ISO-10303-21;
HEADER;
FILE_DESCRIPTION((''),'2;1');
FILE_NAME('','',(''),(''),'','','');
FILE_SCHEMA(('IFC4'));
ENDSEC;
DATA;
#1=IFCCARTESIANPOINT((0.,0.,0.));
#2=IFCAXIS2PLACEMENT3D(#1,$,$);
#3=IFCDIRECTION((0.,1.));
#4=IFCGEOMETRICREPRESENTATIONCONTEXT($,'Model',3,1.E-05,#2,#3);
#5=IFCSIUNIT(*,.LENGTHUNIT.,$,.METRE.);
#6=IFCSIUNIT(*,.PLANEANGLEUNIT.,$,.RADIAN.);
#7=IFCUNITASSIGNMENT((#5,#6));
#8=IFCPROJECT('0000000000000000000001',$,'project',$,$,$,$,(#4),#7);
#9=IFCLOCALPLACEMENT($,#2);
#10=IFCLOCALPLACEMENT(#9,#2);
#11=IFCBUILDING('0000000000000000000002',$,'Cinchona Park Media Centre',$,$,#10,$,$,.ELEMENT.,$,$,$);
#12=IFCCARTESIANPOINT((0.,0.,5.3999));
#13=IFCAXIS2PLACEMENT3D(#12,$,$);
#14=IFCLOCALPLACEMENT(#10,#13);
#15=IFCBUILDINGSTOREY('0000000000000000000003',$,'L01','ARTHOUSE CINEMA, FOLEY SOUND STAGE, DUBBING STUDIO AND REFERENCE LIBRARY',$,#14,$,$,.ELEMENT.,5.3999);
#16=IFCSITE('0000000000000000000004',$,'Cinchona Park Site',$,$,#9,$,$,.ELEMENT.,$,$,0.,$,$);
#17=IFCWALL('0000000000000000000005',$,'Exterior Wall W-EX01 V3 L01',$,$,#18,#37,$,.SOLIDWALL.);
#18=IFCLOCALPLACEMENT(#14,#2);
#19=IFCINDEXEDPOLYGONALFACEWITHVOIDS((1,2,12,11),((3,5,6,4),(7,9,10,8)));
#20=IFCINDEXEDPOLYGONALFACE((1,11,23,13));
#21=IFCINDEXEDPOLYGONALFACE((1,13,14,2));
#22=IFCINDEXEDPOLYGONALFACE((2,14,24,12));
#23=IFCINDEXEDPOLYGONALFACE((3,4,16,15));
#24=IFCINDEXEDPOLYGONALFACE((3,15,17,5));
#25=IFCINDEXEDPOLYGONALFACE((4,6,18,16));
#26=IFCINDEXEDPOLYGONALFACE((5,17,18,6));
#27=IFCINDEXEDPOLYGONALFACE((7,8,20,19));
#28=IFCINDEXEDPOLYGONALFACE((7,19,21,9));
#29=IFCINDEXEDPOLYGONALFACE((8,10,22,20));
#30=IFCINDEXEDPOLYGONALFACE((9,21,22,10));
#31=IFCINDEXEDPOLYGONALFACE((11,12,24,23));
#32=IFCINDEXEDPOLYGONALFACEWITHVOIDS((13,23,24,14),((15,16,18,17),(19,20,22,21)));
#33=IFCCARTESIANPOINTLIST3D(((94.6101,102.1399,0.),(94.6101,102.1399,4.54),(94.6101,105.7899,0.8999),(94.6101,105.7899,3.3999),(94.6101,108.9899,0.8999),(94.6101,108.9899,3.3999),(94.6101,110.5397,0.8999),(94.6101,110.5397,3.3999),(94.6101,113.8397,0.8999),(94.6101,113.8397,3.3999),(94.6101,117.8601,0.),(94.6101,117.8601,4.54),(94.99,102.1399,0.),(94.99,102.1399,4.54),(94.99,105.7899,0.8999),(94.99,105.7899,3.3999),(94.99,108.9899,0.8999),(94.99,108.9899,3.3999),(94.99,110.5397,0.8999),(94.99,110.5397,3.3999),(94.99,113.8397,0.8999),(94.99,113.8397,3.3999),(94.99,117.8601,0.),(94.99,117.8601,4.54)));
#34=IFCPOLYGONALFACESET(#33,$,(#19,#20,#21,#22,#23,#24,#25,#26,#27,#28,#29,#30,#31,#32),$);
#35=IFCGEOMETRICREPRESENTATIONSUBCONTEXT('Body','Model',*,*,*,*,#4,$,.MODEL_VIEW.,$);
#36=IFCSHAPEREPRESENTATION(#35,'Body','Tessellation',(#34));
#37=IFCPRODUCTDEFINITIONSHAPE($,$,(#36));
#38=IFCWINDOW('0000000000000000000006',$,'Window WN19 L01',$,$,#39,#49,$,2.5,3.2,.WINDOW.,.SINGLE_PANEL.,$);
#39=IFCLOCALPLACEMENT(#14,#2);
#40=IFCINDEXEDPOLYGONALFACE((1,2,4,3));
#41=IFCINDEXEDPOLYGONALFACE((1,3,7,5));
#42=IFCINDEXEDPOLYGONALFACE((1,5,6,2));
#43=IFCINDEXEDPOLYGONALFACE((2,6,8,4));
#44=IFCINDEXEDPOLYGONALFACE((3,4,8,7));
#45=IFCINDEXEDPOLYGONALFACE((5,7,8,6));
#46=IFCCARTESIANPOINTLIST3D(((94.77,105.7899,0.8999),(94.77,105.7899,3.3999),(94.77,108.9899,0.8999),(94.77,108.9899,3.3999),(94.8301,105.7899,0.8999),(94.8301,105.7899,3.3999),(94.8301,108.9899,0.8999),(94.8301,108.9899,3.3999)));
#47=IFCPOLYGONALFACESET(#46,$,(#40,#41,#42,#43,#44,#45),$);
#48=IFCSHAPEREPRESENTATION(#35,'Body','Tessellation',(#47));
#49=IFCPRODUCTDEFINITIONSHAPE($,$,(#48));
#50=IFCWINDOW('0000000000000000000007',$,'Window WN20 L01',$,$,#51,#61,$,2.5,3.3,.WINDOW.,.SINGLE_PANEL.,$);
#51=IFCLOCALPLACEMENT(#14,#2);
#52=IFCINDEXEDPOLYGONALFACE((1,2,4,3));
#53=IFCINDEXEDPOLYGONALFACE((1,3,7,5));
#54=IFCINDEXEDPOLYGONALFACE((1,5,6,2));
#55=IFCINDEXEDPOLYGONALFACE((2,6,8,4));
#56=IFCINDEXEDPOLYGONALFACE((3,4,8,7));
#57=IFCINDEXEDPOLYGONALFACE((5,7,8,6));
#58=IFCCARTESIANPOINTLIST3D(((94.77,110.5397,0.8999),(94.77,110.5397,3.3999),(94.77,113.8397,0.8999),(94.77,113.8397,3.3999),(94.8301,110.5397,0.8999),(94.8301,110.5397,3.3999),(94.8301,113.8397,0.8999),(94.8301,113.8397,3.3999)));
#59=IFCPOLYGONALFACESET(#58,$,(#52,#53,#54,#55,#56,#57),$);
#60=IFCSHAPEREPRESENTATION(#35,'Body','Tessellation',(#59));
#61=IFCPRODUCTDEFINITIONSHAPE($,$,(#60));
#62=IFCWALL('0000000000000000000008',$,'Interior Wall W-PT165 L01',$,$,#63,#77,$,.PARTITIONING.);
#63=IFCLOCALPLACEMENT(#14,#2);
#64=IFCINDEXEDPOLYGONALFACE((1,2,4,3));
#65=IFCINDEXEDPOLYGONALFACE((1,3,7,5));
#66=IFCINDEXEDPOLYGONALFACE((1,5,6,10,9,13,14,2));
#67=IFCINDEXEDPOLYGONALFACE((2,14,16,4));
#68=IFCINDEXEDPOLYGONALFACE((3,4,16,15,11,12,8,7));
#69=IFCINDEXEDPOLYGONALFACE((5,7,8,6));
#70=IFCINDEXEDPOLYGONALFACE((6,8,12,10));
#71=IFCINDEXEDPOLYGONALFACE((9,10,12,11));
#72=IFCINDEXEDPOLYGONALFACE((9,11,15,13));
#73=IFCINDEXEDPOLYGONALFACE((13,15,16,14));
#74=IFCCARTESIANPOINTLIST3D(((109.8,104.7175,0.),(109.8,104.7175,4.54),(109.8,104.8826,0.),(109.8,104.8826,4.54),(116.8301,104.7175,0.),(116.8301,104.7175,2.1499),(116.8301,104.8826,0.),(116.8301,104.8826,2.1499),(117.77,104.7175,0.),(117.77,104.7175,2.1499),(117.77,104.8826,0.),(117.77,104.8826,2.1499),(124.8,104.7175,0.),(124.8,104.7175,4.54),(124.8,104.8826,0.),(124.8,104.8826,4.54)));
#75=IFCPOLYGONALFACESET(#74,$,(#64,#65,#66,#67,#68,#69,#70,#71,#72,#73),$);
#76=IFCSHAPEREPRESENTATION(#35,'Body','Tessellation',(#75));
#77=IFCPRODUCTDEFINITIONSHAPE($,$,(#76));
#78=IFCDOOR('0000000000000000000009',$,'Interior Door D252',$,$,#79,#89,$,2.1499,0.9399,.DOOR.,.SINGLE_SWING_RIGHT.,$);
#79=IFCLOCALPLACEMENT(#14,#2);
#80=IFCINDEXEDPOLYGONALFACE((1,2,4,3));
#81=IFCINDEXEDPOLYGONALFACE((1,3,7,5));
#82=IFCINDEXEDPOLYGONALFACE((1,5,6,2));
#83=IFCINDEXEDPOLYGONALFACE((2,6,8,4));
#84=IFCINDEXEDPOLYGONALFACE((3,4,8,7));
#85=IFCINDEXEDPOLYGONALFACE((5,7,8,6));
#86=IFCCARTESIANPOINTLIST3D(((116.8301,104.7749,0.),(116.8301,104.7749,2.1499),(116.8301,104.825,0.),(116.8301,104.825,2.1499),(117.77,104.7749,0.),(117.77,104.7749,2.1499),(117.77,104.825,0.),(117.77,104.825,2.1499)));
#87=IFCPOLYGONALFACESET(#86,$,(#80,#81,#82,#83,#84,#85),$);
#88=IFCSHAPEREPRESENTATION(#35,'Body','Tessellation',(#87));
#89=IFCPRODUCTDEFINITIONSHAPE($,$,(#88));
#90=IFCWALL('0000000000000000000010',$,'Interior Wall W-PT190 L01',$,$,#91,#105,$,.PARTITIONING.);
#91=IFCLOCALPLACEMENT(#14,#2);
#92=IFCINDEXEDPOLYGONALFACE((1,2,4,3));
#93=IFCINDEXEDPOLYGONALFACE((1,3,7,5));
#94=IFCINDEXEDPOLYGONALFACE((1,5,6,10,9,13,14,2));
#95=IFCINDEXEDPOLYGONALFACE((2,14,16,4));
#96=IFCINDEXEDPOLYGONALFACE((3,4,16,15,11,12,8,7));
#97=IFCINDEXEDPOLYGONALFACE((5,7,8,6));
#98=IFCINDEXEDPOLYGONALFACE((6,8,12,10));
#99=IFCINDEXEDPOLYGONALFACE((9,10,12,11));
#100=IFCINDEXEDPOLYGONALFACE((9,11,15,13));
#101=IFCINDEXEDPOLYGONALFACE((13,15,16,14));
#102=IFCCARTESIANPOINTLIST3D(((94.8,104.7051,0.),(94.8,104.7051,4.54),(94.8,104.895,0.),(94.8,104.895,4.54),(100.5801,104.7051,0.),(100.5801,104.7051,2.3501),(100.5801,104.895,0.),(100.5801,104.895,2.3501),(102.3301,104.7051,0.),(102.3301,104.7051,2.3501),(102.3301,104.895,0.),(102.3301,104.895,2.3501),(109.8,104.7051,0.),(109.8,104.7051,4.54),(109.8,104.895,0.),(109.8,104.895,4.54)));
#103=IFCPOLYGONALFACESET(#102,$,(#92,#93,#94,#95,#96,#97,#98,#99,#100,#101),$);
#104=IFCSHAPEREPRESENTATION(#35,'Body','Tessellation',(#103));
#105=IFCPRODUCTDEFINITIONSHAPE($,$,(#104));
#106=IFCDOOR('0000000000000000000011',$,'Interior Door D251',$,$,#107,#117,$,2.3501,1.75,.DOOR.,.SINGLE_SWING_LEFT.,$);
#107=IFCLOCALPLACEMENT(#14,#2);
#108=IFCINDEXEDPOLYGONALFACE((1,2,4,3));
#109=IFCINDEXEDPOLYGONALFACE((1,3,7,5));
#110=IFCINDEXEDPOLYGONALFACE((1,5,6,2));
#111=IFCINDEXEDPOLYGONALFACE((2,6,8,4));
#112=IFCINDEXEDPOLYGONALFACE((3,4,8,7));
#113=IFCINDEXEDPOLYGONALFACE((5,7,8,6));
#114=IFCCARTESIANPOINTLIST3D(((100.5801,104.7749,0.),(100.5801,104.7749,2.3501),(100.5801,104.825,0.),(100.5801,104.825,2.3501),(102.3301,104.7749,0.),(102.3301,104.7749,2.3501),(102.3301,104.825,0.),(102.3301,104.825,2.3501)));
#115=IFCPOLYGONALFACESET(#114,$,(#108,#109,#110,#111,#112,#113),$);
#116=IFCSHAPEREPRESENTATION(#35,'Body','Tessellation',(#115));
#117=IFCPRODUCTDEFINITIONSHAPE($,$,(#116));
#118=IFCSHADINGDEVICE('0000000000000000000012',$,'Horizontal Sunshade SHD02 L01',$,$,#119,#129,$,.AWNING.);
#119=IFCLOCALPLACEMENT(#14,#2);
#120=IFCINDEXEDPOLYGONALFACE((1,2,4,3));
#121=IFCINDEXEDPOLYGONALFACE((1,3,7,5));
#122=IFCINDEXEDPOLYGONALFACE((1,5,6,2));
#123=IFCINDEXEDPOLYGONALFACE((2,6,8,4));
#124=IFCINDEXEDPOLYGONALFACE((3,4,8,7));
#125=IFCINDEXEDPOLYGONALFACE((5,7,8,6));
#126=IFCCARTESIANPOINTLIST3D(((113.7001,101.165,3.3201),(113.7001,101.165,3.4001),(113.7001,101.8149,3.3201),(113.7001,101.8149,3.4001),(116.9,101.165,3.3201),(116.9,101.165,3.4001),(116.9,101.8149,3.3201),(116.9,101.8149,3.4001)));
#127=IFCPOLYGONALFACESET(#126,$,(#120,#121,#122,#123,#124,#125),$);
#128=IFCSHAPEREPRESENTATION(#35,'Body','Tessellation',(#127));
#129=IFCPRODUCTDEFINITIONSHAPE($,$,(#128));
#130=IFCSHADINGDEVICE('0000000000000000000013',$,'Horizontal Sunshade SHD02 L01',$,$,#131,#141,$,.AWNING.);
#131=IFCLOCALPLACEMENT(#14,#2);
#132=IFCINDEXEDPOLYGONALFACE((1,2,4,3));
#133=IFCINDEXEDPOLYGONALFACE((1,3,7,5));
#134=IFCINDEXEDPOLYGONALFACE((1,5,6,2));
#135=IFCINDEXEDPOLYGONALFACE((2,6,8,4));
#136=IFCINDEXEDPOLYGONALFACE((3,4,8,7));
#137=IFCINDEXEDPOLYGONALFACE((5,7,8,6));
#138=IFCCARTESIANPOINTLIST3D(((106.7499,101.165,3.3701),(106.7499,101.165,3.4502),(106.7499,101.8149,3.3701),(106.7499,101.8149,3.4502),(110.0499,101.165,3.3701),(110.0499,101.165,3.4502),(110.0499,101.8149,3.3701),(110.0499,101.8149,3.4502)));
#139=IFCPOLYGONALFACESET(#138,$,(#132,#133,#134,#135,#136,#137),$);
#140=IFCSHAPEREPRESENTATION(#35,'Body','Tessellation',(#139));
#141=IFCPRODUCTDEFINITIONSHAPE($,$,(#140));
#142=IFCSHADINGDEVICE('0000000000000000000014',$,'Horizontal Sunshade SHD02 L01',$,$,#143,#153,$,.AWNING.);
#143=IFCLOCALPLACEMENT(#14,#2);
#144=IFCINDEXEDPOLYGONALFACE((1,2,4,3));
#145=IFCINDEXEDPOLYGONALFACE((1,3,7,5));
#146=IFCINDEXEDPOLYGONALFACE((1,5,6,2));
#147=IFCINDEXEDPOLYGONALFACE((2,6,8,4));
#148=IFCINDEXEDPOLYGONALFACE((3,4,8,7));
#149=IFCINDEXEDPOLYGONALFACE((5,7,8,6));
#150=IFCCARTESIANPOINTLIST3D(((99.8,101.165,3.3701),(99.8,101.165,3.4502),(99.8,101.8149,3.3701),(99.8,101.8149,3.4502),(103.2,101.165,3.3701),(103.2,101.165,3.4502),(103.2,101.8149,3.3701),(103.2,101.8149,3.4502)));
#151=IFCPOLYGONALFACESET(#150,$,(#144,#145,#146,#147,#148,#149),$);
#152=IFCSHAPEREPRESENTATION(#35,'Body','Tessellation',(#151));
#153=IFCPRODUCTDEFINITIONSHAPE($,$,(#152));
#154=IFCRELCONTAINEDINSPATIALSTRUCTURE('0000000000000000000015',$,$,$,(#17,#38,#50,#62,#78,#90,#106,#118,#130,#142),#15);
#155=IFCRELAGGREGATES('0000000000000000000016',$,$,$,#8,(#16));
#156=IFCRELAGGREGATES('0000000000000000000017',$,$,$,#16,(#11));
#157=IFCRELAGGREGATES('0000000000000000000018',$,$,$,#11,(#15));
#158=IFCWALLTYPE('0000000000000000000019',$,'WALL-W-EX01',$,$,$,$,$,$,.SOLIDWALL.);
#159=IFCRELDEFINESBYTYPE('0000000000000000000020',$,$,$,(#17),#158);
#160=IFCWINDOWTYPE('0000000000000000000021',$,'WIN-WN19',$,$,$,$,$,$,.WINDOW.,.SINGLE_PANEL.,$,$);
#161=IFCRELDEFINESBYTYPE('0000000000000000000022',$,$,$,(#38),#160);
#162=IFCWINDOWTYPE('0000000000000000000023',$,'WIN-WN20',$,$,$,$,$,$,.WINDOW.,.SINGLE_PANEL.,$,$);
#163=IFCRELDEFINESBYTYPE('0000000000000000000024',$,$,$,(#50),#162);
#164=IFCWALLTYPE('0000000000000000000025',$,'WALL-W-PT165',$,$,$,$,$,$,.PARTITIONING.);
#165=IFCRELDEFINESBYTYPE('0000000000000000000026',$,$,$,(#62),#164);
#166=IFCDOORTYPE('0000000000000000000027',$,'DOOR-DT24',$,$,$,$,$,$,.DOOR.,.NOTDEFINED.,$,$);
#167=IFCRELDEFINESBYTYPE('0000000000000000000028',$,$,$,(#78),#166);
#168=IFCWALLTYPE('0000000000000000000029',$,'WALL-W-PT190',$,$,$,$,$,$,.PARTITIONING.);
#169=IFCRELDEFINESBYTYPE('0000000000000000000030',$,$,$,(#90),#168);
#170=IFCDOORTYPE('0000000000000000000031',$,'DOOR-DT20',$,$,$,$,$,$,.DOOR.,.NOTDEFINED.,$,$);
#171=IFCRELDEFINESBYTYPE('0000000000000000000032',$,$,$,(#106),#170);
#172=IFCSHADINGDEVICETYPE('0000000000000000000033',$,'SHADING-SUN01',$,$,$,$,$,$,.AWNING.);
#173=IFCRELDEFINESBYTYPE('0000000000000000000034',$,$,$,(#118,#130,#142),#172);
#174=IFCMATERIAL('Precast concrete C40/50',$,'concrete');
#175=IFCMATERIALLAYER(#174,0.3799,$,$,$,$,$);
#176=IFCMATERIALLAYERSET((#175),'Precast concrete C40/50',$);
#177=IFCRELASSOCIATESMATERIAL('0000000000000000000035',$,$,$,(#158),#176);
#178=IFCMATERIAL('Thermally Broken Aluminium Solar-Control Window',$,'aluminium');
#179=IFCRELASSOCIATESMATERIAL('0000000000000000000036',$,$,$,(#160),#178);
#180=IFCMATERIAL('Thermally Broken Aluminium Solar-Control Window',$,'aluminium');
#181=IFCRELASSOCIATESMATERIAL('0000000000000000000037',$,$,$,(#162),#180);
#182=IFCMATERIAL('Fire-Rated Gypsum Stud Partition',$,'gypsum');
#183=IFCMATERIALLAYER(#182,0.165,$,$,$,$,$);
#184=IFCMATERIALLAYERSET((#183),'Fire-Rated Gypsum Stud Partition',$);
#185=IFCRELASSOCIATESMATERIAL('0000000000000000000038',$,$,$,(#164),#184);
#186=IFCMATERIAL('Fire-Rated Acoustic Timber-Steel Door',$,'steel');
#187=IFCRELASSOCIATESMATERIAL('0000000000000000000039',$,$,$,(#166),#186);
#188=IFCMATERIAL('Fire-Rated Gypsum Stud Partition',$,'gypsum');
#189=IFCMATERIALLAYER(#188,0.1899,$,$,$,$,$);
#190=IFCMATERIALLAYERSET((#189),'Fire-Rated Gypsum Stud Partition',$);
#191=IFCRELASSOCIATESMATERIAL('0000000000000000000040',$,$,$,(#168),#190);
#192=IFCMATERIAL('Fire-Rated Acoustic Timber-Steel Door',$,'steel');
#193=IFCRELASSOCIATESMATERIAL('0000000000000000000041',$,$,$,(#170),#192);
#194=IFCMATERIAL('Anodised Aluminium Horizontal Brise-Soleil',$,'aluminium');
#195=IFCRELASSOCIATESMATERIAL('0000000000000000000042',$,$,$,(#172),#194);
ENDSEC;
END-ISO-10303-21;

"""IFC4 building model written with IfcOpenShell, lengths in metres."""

from ifc_helpers import new_model, si_unit, direction, frame, frame_2d, origin, origin_2d, place, context, subcontext, project, spatial, rectangle, extrude, material, layer, layer_set, type_object, element, fill, save


model = new_model("IFC4")

# Units and contexts
model_context = context("Model", 3, precision=1e-05, world=origin(), true_north=direction((0.0, 1.0)))
body_context = subcontext(model_context, "Body", "Model", "MODEL_VIEW")
ifc_project = project(units=[si_unit("LENGTHUNIT", "METRE"), si_unit("PLANEANGLEUNIT", "RADIAN")], contexts=[model_context])

# Site, building, storey
site_placement = place(None, origin())
site = spatial("IfcSite", under=ifc_project, at=site_placement, Name="Cinchona Park Site", CompositionType="ELEMENT", RefElevation=0.0)
building_placement = place(site_placement, origin())
building = spatial("IfcBuilding", under=site, at=building_placement, Name="Cinchona Park Media Centre", CompositionType="ELEMENT")
storey_placement = place(building_placement, frame((0.0, 0.0, 5.3999)))
storey = spatial("IfcBuildingStorey", under=building, at=storey_placement, Name="L01", Description="ARTHOUSE CINEMA, FOLEY SOUND STAGE, DUBBING STUDIO AND REFERENCE LIBRARY", CompositionType="ELEMENT", Elevation=5.3999)

# Wall, openings, windows
ifc_material_1 = material(Name="Precast concrete C40/50", Category="concrete")
ifc_layer_1 = layer(ifc_material_1, 0.3799)
ifc_layer_set_1 = layer_set([ifc_layer_1], Name="Precast concrete C40/50")
wall_type_1 = type_object("IfcWallType", Name="WALL-W-EX01", PredefinedType="SOLIDWALL", material=ifc_layer_set_1)
wall_1_placement = place(storey_placement, frame((94.8, 102.1399, 0.0), z_axis=(0.0, 0.0, 1.0), x_axis=(0.0, 1.0, 0.0)))
wall_1 = element("IfcWall", 1, at=wall_1_placement, inside=storey, type_object=wall_type_1, Name="Exterior Wall W-EX01 V3 L01", PredefinedType="SOLIDWALL", context=body_context, shape_type="SweptSolid", body=[
    extrude(rectangle(XDim=15.7202, YDim=0.3799, at=frame_2d((7.8601, 0.0))), origin(), (0.0, 0.0, 1.0), 4.54),
])
opening_1_placement = place(wall_1_placement, frame((3.6499, 0.0, 0.8999)))
opening_1 = element("IfcOpeningElement", 2, at=opening_1_placement, cuts=wall_1, PredefinedType="OPENING", context=body_context, shape_type="SweptSolid", body=[
    extrude(rectangle(XDim=3.2, YDim=2.5, at=frame_2d((1.6001, 1.25))), frame((0.0, 0.2, 0.0), z_axis=(0.0, -1.0, 0.0), x_axis=(1.0, 0.0, 0.0)), (0.0, 0.0, 1.0), 0.3999),
])
opening_2_placement = place(wall_1_placement, frame((8.3999, 0.0, 0.8999)))
opening_2 = element("IfcOpeningElement", 3, at=opening_2_placement, cuts=wall_1, PredefinedType="OPENING", context=body_context, shape_type="SweptSolid", body=[
    extrude(rectangle(XDim=3.3, YDim=2.5, at=frame_2d((1.6499, 1.25))), frame((0.0, 0.2, 0.0), z_axis=(0.0, -1.0, 0.0), x_axis=(1.0, 0.0, 0.0)), (0.0, 0.0, 1.0), 0.3999),
])
ifc_material_2 = material(Name="Thermally Broken Aluminium Solar-Control Window", Category="aluminium")
window_type_1 = type_object("IfcWindowType", Name="WIN-WN19", PartitioningType="SINGLE_PANEL", PredefinedType="WINDOW", material=ifc_material_2)
window_1_placement = place(opening_1_placement, origin())
window_1 = element("IfcWindow", 4, at=window_1_placement, inside=storey, type_object=window_type_1, Name="Window WN19 L01", OverallHeight=2.5, OverallWidth=3.2, PartitioningType="SINGLE_PANEL", PredefinedType="WINDOW", context=body_context, shape_type="SweptSolid", body=[
    extrude(rectangle(XDim=3.2, YDim=2.5, at=frame_2d((1.6001, 1.25))), frame((0.0, 0.03, 0.0), z_axis=(0.0, -1.0, 0.0), x_axis=(1.0, 0.0, 0.0)), (0.0, 0.0, 1.0), 0.0601),
])
fill(opening_1, window_1)
ifc_material_3 = material(Name="Thermally Broken Aluminium Solar-Control Window", Category="aluminium")
window_type_2 = type_object("IfcWindowType", Name="WIN-WN20", PartitioningType="SINGLE_PANEL", PredefinedType="WINDOW", material=ifc_material_3)
window_2_placement = place(opening_2_placement, origin())
window_2 = element("IfcWindow", 5, at=window_2_placement, inside=storey, type_object=window_type_2, Name="Window WN20 L01", OverallHeight=2.5, OverallWidth=3.3, PartitioningType="SINGLE_PANEL", PredefinedType="WINDOW", context=body_context, shape_type="SweptSolid", body=[
    extrude(rectangle(XDim=3.3, YDim=2.5, at=frame_2d((1.6499, 1.25))), frame((0.0, 0.03, 0.0), z_axis=(0.0, -1.0, 0.0), x_axis=(1.0, 0.0, 0.0)), (0.0, 0.0, 1.0), 0.0601),
])
fill(opening_2, window_2)

# Walls, openings, doors
ifc_material_4 = material(Name="Fire-Rated Gypsum Stud Partition", Category="gypsum")
ifc_layer_2 = layer(ifc_material_4, 0.165)
ifc_layer_set_2 = layer_set([ifc_layer_2], Name="Fire-Rated Gypsum Stud Partition")
wall_type_2 = type_object("IfcWallType", Name="WALL-W-PT165", PredefinedType="PARTITIONING", material=ifc_layer_set_2)
wall_2_placement = place(storey_placement, frame((109.8, 104.8, 0.0), z_axis=(0.0, 0.0, 1.0), x_axis=(1.0, 0.0, 0.0)))
wall_2 = element("IfcWall", 6, at=wall_2_placement, inside=storey, type_object=wall_type_2, Name="Interior Wall W-PT165 L01", PredefinedType="PARTITIONING", context=body_context, shape_type="SweptSolid", body=[
    extrude(rectangle(XDim=15.0, YDim=0.165, at=frame_2d((7.5, 0.0))), origin(), (0.0, 0.0, 1.0), 4.54),
])
opening_3_placement = place(wall_2_placement, frame((7.03, 0.0, 0.0)))
opening_3 = element("IfcOpeningElement", 7, at=opening_3_placement, cuts=wall_2, PredefinedType="OPENING", context=body_context, shape_type="SweptSolid", body=[
    extrude(rectangle(XDim=0.9399, YDim=2.1499, at=frame_2d((0.47, 1.075))), frame((0.0, 0.0925, 0.0), z_axis=(0.0, -1.0, 0.0), x_axis=(1.0, 0.0, 0.0)), (0.0, 0.0, 1.0), 0.1851),
])
ifc_material_5 = material(Name="Fire-Rated Acoustic Timber-Steel Door", Category="steel")
door_type_1 = type_object("IfcDoorType", Name="DOOR-DT24", OperationType="NOTDEFINED", PredefinedType="DOOR", material=ifc_material_5)
door_1_placement = place(opening_3_placement, origin())
door_1 = element("IfcDoor", 8, at=door_1_placement, inside=storey, type_object=door_type_1, Name="Interior Door D252", OperationType="SINGLE_SWING_RIGHT", OverallHeight=2.1499, OverallWidth=0.9399, PredefinedType="DOOR", context=body_context, shape_type="SweptSolid", body=[
    extrude(rectangle(XDim=0.9399, YDim=2.1499, at=frame_2d((0.47, 1.075))), frame((0.0, 0.0249, 0.0), z_axis=(0.0, -1.0, 0.0), x_axis=(1.0, 0.0, 0.0)), (0.0, 0.0, 1.0), 0.05),
])
fill(opening_3, door_1)
ifc_material_6 = material(Name="Fire-Rated Gypsum Stud Partition", Category="gypsum")
ifc_layer_3 = layer(ifc_material_6, 0.1899)
ifc_layer_set_3 = layer_set([ifc_layer_3], Name="Fire-Rated Gypsum Stud Partition")
wall_type_3 = type_object("IfcWallType", Name="WALL-W-PT190", PredefinedType="PARTITIONING", material=ifc_layer_set_3)
wall_3_placement = place(storey_placement, frame((94.8, 104.8, 0.0), z_axis=(0.0, 0.0, 1.0), x_axis=(1.0, 0.0, 0.0)))
wall_3 = element("IfcWall", 9, at=wall_3_placement, inside=storey, type_object=wall_type_3, Name="Interior Wall W-PT190 L01", PredefinedType="PARTITIONING", context=body_context, shape_type="SweptSolid", body=[
    extrude(rectangle(XDim=15.0, YDim=0.1899, at=frame_2d((7.5, 0.0))), origin(), (0.0, 0.0, 1.0), 4.54),
])
opening_4_placement = place(wall_3_placement, frame((5.78, 0.0, 0.0)))
opening_4 = element("IfcOpeningElement", 10, at=opening_4_placement, cuts=wall_3, PredefinedType="OPENING", context=body_context, shape_type="SweptSolid", body=[
    extrude(rectangle(XDim=1.75, YDim=2.3501, at=frame_2d((0.875, 1.175))), frame((0.0, 0.105, 0.0), z_axis=(0.0, -1.0, 0.0), x_axis=(1.0, 0.0, 0.0)), (0.0, 0.0, 1.0), 0.21),
])
ifc_material_7 = material(Name="Fire-Rated Acoustic Timber-Steel Door", Category="steel")
door_type_2 = type_object("IfcDoorType", Name="DOOR-DT20", OperationType="NOTDEFINED", PredefinedType="DOOR", material=ifc_material_7)
door_2_placement = place(opening_4_placement, origin())
door_2 = element("IfcDoor", 11, at=door_2_placement, inside=storey, type_object=door_type_2, Name="Interior Door D251", OperationType="SINGLE_SWING_LEFT", OverallHeight=2.3501, OverallWidth=1.75, PredefinedType="DOOR", context=body_context, shape_type="SweptSolid", body=[
    extrude(rectangle(XDim=1.75, YDim=2.3501, at=frame_2d((0.875, 1.175))), frame((0.0, 0.0249, 0.0), z_axis=(0.0, -1.0, 0.0), x_axis=(1.0, 0.0, 0.0)), (0.0, 0.0, 1.0), 0.05),
])
fill(opening_4, door_2)

# Shading devices
ifc_material_8 = material(Name="Anodised Aluminium Horizontal Brise-Soleil", Category="aluminium")
shading_device_type = type_object("IfcShadingDeviceType", Name="SHADING-SUN01", PredefinedType="AWNING", material=ifc_material_8)
shading_device_1_placement = place(storey_placement, frame((115.3, 101.49, 3.3201), z_axis=(0.0, 0.0, 1.0), x_axis=(-1.0, 0.0, 0.0)))
element("IfcShadingDevice", 12, at=shading_device_1_placement, inside=storey, type_object=shading_device_type, Name="Horizontal Sunshade SHD02 L01", PredefinedType="AWNING", context=body_context, shape_type="SweptSolid", body=[
    extrude(rectangle(XDim=3.2, YDim=0.6499, at=origin_2d()), origin(), (0.0, 0.0, 1.0), 0.0801),
])
shading_device_2_placement = place(storey_placement, frame((108.3999, 101.49, 3.3701), z_axis=(0.0, 0.0, 1.0), x_axis=(-1.0, 0.0, 0.0)))
element("IfcShadingDevice", 13, at=shading_device_2_placement, inside=storey, type_object=shading_device_type, Name="Horizontal Sunshade SHD02 L01", PredefinedType="AWNING", context=body_context, shape_type="SweptSolid", body=[
    extrude(rectangle(XDim=3.3, YDim=0.6499, at=origin_2d()), origin(), (0.0, 0.0, 1.0), 0.0801),
])
shading_device_3_placement = place(storey_placement, frame((101.5, 101.49, 3.3701), z_axis=(0.0, 0.0, 1.0), x_axis=(-1.0, 0.0, 0.0)))
element("IfcShadingDevice", 14, at=shading_device_3_placement, inside=storey, type_object=shading_device_type, Name="Horizontal Sunshade SHD02 L01", PredefinedType="AWNING", context=body_context, shape_type="SweptSolid", body=[
    extrude(rectangle(XDim=3.3999, YDim=0.6499, at=origin_2d()), origin(), (0.0, 0.0, 1.0), 0.0801),
])

save(model, "model.ifc")
